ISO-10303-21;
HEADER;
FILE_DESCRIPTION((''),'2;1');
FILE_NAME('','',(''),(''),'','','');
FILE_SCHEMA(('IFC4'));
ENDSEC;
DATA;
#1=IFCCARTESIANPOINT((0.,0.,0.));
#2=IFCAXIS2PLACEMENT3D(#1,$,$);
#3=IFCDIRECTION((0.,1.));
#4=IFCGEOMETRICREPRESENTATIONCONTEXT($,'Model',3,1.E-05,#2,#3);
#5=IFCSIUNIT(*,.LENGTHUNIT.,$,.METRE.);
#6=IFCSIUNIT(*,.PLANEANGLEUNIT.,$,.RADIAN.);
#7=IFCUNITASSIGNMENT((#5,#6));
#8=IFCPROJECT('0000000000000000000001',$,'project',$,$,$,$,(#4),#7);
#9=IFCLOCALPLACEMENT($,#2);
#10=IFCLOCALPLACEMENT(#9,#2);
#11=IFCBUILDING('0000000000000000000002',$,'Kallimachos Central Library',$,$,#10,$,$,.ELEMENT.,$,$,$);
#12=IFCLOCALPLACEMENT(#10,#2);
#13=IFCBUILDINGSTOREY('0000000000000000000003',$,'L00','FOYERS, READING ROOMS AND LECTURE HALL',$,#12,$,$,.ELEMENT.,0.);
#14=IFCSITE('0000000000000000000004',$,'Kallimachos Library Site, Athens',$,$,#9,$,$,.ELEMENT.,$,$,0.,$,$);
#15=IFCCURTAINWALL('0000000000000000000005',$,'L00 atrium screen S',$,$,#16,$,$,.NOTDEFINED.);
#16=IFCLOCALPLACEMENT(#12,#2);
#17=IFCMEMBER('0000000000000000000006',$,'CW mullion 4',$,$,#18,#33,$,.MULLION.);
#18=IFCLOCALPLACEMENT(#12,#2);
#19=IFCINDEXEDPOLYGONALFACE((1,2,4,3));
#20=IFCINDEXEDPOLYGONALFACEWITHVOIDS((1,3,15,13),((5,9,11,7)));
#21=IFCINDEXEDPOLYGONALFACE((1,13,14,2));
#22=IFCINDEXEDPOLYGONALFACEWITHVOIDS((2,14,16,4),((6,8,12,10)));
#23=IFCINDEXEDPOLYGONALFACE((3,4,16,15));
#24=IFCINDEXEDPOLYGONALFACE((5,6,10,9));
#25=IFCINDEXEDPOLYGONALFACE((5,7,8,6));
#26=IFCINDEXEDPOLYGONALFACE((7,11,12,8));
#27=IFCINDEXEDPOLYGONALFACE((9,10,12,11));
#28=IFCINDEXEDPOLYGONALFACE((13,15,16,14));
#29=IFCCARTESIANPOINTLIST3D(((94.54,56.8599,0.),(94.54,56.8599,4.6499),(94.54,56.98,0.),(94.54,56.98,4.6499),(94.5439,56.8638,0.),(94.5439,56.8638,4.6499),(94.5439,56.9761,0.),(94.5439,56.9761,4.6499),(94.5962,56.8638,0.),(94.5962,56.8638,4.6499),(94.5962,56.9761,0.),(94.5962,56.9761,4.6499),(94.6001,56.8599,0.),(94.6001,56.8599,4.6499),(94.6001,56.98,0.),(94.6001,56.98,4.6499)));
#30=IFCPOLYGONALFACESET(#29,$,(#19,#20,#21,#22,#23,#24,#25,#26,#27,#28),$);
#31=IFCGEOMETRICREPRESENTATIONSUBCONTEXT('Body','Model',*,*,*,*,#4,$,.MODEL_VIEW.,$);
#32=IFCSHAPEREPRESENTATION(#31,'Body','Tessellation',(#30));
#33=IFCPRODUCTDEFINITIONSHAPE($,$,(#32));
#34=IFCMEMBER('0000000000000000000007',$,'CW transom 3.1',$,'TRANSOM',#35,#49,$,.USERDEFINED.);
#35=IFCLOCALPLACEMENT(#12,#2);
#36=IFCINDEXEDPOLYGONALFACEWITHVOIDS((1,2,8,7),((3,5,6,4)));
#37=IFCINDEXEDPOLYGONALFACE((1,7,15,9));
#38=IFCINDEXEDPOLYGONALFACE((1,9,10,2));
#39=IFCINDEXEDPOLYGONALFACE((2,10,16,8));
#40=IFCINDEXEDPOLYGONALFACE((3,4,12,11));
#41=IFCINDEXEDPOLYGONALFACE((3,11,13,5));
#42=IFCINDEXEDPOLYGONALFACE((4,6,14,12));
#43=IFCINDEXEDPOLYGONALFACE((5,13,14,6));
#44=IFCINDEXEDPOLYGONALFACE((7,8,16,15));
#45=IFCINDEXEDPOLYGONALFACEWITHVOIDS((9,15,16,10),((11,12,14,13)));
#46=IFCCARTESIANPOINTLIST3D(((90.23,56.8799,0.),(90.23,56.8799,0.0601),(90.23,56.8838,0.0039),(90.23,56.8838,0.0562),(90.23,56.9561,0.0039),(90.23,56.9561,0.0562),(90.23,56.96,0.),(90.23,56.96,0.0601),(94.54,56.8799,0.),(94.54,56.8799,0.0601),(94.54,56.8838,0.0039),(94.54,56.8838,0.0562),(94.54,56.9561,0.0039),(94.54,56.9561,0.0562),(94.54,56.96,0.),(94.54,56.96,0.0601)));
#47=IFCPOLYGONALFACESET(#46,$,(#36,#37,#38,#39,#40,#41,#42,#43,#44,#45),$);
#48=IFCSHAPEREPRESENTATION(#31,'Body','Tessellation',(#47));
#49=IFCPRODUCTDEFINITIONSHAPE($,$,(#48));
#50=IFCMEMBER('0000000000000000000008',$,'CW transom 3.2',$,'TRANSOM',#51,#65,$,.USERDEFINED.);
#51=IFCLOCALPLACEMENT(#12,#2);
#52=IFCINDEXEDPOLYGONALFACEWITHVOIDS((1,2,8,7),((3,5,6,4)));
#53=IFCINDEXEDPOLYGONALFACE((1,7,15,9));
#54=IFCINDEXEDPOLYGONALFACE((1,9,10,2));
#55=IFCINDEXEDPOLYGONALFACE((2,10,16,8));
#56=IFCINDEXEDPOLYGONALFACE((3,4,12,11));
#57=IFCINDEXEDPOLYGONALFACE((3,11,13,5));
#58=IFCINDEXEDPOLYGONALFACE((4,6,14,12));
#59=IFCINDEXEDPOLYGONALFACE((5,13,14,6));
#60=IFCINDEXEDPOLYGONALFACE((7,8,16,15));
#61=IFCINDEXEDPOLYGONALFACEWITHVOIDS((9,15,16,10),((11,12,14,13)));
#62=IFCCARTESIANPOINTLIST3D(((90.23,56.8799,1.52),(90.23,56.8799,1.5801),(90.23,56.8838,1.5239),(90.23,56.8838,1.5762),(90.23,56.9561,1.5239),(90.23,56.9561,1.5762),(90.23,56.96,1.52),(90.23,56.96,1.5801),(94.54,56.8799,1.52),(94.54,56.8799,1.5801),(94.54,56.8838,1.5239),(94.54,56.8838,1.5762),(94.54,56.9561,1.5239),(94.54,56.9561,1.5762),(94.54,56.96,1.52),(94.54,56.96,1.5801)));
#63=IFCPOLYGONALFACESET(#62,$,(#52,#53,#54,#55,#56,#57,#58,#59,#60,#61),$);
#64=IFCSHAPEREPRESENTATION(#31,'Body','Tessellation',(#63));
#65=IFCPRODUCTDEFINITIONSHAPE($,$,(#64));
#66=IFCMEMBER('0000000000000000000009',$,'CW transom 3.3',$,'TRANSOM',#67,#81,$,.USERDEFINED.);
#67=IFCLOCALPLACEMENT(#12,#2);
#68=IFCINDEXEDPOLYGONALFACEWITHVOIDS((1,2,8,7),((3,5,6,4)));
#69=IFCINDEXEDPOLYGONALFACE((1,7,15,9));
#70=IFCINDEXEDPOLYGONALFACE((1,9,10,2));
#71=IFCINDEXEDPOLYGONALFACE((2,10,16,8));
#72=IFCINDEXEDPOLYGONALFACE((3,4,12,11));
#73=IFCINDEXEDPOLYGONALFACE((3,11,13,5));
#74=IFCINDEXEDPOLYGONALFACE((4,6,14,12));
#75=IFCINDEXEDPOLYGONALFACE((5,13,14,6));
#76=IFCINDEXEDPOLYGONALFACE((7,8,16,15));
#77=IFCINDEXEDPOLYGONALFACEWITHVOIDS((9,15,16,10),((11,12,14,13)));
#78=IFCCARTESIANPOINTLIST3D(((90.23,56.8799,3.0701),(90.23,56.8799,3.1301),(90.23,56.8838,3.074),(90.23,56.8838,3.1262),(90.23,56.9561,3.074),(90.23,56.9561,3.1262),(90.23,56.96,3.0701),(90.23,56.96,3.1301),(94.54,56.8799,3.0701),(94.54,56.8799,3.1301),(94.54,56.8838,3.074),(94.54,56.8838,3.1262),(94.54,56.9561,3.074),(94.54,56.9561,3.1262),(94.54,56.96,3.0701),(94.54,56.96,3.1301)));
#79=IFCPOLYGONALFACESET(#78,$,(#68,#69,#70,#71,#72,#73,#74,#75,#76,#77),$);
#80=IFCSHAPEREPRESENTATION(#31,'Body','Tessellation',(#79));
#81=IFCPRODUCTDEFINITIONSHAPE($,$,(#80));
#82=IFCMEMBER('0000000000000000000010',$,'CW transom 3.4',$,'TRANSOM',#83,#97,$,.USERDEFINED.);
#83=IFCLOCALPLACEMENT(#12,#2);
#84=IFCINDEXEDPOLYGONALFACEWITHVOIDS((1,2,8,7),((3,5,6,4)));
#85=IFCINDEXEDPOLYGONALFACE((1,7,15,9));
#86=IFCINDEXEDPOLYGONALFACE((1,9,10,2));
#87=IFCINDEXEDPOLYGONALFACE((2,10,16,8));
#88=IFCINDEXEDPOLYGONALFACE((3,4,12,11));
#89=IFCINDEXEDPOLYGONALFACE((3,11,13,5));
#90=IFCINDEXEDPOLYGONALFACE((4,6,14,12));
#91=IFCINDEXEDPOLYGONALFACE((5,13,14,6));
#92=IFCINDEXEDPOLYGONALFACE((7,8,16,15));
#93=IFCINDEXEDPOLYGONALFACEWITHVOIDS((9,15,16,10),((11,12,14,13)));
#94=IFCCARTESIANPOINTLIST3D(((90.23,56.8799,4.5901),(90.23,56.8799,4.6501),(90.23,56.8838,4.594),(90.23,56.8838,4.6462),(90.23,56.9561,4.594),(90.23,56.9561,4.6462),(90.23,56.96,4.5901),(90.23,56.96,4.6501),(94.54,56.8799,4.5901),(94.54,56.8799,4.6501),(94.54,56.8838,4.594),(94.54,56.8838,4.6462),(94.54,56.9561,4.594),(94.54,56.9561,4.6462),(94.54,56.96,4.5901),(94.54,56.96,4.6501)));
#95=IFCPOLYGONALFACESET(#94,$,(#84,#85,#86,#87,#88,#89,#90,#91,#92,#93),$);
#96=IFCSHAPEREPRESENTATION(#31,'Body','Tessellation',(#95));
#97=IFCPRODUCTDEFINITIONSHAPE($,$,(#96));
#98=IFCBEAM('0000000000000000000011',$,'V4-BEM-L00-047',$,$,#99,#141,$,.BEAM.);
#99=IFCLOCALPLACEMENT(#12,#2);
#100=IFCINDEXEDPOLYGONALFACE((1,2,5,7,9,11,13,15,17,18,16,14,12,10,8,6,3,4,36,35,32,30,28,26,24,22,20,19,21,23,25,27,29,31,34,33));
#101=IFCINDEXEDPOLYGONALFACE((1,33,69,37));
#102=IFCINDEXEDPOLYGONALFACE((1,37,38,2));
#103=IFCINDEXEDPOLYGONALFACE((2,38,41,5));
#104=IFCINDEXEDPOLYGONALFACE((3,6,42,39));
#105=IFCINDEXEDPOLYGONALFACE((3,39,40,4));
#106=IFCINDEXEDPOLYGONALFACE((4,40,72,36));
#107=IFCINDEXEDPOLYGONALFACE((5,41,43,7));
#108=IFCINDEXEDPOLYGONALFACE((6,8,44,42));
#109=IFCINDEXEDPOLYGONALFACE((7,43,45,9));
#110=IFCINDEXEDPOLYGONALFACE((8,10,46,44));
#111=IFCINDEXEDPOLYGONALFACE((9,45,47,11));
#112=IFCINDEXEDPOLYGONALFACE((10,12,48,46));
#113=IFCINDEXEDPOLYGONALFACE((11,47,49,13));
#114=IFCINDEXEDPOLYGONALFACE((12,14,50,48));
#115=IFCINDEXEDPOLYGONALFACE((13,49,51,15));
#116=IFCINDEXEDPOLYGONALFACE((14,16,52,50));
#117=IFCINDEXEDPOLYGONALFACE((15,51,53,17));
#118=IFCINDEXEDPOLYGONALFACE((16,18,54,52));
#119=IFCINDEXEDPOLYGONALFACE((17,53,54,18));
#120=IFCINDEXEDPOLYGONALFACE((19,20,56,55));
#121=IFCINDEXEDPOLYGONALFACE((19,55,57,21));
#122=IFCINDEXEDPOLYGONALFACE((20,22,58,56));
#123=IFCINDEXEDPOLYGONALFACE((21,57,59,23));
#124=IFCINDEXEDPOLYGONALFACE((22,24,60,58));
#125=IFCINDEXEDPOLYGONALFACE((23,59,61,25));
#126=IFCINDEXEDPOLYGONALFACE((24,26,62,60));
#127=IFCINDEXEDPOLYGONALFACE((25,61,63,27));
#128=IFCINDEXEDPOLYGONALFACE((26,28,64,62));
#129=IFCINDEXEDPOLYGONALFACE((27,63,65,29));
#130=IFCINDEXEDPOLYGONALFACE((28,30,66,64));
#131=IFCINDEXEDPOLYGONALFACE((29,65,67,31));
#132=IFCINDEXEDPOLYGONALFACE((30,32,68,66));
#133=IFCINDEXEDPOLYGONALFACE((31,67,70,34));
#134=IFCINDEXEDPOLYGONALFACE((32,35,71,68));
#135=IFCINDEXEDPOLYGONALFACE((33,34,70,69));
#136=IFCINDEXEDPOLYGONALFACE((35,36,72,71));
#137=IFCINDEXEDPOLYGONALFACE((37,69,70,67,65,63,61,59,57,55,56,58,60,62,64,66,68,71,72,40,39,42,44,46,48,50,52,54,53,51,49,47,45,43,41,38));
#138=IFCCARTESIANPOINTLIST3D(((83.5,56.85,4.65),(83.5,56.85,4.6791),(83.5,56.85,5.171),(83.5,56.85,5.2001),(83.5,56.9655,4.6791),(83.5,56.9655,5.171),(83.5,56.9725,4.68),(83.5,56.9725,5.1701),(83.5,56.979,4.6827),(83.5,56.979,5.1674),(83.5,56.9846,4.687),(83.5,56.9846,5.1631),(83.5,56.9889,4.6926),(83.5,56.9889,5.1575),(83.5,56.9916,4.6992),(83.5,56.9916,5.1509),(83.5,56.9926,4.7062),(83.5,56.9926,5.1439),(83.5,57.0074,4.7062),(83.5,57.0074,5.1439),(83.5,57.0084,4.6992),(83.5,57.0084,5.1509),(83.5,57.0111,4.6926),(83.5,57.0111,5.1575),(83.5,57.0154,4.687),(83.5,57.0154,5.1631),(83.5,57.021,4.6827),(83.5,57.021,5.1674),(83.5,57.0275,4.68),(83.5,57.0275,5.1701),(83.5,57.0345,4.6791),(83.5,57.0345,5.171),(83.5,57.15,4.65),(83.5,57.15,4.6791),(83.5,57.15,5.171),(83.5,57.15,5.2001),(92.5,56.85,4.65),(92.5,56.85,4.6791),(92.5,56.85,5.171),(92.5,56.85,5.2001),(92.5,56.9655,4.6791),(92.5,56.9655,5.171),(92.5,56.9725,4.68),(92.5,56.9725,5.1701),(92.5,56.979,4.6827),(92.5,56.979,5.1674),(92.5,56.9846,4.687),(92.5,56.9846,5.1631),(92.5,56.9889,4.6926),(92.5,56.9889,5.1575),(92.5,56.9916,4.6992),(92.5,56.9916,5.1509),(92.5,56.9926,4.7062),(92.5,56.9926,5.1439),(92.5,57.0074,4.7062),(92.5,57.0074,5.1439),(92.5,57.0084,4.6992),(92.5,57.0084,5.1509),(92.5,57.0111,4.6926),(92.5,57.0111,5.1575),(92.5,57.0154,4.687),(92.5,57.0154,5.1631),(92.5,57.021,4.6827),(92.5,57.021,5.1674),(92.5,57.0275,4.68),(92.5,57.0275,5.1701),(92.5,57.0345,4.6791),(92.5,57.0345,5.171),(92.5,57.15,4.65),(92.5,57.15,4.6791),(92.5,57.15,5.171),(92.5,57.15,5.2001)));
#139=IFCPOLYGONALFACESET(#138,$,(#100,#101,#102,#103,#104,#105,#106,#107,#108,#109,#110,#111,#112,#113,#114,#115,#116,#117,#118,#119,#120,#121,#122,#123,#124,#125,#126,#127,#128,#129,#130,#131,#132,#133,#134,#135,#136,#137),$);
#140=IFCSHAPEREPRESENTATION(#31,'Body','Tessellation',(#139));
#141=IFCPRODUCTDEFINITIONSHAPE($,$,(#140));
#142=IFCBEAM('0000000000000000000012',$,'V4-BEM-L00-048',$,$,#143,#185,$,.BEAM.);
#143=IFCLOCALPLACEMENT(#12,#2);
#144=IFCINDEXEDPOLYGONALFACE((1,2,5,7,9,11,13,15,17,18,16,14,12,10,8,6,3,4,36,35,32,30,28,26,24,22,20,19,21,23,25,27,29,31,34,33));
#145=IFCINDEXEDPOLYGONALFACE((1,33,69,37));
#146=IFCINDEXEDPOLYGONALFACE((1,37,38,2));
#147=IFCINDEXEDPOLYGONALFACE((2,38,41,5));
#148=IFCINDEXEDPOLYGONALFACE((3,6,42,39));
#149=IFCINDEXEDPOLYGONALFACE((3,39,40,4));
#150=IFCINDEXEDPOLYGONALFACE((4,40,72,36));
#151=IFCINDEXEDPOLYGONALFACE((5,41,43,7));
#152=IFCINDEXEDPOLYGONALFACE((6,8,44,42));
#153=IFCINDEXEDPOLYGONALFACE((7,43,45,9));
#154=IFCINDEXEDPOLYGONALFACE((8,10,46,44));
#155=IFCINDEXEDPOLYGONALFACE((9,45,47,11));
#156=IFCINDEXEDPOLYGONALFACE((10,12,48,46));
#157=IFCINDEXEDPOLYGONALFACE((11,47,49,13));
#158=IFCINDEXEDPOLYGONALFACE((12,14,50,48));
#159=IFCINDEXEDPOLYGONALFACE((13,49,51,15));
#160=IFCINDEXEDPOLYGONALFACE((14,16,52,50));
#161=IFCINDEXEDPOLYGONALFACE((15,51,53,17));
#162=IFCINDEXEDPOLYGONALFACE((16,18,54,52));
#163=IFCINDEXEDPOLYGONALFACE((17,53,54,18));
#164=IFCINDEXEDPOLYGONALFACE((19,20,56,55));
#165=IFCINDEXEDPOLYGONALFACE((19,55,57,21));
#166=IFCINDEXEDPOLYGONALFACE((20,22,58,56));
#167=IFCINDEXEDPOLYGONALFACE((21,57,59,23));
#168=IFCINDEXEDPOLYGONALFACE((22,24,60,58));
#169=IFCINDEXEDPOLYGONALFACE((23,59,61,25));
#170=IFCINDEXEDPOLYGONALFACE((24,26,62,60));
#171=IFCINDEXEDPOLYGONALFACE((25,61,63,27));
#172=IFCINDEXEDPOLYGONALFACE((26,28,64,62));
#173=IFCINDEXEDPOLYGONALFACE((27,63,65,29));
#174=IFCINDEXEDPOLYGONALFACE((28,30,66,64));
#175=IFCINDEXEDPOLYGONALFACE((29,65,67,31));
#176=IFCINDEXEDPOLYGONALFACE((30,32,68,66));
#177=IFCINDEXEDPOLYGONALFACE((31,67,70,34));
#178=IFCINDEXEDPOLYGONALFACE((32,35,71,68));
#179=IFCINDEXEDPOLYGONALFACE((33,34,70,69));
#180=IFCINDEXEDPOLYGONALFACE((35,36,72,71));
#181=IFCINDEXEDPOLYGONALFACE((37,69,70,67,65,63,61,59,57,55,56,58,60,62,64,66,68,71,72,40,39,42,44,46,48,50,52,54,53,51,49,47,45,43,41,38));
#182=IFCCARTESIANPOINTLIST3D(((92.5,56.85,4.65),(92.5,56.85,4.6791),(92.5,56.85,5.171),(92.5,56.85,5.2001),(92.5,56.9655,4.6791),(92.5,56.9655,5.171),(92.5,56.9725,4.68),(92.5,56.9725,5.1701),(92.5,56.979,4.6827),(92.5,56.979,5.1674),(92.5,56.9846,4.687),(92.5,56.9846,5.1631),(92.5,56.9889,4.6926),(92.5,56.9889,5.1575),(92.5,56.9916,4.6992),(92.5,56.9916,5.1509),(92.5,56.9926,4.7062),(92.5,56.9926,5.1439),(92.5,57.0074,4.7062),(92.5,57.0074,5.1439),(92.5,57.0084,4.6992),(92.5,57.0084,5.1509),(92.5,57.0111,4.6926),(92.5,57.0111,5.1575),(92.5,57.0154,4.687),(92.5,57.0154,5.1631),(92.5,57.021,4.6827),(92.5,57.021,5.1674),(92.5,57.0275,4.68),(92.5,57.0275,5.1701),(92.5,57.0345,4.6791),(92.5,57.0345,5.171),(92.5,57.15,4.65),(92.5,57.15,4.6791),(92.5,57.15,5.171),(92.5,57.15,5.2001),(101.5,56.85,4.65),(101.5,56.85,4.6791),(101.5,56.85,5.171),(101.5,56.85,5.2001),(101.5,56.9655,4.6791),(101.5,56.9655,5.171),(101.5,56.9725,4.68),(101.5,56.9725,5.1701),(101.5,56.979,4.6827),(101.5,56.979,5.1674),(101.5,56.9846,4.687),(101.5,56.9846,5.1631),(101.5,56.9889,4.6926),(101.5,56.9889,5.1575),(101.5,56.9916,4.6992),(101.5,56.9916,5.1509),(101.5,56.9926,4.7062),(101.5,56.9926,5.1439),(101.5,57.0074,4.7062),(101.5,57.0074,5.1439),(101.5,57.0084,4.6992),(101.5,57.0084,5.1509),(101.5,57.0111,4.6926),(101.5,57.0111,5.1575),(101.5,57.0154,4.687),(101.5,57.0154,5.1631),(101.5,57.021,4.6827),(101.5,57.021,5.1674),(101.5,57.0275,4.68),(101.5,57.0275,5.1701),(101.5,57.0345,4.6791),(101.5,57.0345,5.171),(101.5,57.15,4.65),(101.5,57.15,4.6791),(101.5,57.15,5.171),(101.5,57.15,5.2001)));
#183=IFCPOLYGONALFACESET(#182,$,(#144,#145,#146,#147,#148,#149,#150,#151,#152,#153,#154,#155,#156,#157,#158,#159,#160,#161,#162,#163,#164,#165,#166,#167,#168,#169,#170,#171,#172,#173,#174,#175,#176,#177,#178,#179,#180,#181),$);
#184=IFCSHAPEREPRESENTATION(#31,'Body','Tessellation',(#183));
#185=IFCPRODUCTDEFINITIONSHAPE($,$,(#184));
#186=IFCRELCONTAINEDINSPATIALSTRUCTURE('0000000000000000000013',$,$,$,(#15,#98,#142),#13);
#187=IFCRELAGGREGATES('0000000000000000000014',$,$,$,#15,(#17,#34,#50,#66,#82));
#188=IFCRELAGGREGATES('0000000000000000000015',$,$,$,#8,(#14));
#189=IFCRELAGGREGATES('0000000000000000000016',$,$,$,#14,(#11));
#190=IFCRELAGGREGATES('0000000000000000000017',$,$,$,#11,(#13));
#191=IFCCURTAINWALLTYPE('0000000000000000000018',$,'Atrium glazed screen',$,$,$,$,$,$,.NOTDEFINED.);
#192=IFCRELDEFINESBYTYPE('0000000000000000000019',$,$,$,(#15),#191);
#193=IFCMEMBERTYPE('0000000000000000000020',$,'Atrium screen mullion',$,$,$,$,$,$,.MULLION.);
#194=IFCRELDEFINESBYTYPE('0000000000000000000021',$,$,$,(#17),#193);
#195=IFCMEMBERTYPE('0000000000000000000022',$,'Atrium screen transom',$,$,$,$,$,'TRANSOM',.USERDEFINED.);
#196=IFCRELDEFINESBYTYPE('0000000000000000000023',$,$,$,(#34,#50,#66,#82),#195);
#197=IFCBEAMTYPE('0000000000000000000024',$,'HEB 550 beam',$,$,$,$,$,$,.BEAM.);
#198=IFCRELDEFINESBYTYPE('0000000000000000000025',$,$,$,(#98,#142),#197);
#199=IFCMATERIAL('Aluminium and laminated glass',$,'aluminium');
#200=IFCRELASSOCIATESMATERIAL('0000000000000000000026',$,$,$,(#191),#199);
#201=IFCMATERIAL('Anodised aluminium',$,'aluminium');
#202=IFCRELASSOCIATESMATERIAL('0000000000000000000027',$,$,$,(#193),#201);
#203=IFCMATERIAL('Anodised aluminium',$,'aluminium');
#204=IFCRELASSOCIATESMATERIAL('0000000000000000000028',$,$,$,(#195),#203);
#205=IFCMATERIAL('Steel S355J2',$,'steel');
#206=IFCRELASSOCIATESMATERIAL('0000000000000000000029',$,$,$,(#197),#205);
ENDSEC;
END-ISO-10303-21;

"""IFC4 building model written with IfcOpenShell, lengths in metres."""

from ifc_helpers import new_model, si_unit, direction, frame, origin, origin_2d, place, context, subcontext, project, spatial, hollow_rectangle, i_section, extrude, material, material_profile, profile_set, type_object, element, aggregate, save


model = new_model("IFC4")

# Units and contexts
model_context = context("Model", 3, precision=1e-05, world=origin(), true_north=direction((0.0, 1.0)))
body_context = subcontext(model_context, "Body", "Model", "MODEL_VIEW")
ifc_project = project(units=[si_unit("LENGTHUNIT", "METRE"), si_unit("PLANEANGLEUNIT", "RADIAN")], contexts=[model_context])

# Site, building, storey
site_placement = place(None, origin())
site = spatial("IfcSite", under=ifc_project, at=site_placement, Name="Kallimachos Library Site, Athens", CompositionType="ELEMENT", RefElevation=0.0)
building_placement = place(site_placement, origin())
building = spatial("IfcBuilding", under=site, at=building_placement, Name="Kallimachos Central Library", CompositionType="ELEMENT")
storey_placement = place(building_placement, origin())
storey = spatial("IfcBuildingStorey", under=building, at=storey_placement, Name="L00", Description="FOYERS, READING ROOMS AND LECTURE HALL", CompositionType="ELEMENT", Elevation=0.0)

# Curtain wall, members
ifc_material_1 = material(Name="Aluminium and laminated glass", Category="aluminium")
curtain_wall_type = type_object("IfcCurtainWallType", Name="Atrium glazed screen", PredefinedType="NOTDEFINED", material=ifc_material_1)
curtain_wall_placement = place(storey_placement, origin())
curtain_wall = element("IfcCurtainWall", 1, at=curtain_wall_placement, inside=storey, type_object=curtain_wall_type, Name="L00 atrium screen S", PredefinedType="NOTDEFINED")
ifc_material_2 = material(Name="Anodised aluminium", Category="aluminium")
ifc_material_profile_1 = material_profile(ifc_material_2, hollow_rectangle(XDim=0.0601, YDim=0.1201, WallThickness=0.0039, at=origin_2d()), Name="ALU MULLION 60x120")
ifc_profile_set_1 = profile_set([ifc_material_profile_1], Name="Anodised aluminium")
member_type_1 = type_object("IfcMemberType", Name="Atrium screen mullion", PredefinedType="MULLION", material=ifc_profile_set_1)
member_1_placement = place(storey_placement, frame((94.5701, 56.9199, 0.0), z_axis=(0.0, 0.0, 1.0), x_axis=(1.0, 0.0, 0.0)))
member_1 = element("IfcMember", 2, at=member_1_placement, type_object=member_type_1, Name="CW mullion 4", PredefinedType="MULLION", context=body_context, shape_type="SweptSolid", body=[
    extrude(hollow_rectangle(XDim=0.0601, YDim=0.1201, WallThickness=0.0039, at=origin_2d()), origin(), (0.0, 0.0, 1.0), 4.6499),
])
ifc_material_3 = material(Name="Anodised aluminium", Category="aluminium")
ifc_material_profile_2 = material_profile(ifc_material_3, hollow_rectangle(XDim=0.0601, YDim=0.0801, WallThickness=0.0039, at=origin_2d()), Name="ALU TRANSOM 60x80")
ifc_profile_set_2 = profile_set([ifc_material_profile_2], Name="Anodised aluminium")
member_type_2 = type_object("IfcMemberType", Name="Atrium screen transom", ElementType="TRANSOM", PredefinedType="USERDEFINED", material=ifc_profile_set_2)
member_2_placement = place(storey_placement, frame((90.23, 56.9199, 0.03), z_axis=(1.0, 0.0, 0.0), x_axis=(0.0, 0.0, 1.0)))
member_2 = element("IfcMember", 3, at=member_2_placement, type_object=member_type_2, Name="CW transom 3.1", ObjectType="TRANSOM", PredefinedType="USERDEFINED", context=body_context, shape_type="SweptSolid", body=[
    extrude(hollow_rectangle(XDim=0.0601, YDim=0.0801, WallThickness=0.0039, at=origin_2d()), origin(), (0.0, 0.0, 1.0), 4.3101),
])
member_3_placement = place(storey_placement, frame((90.23, 56.9199, 1.55), z_axis=(1.0, 0.0, 0.0), x_axis=(0.0, 0.0, 1.0)))
member_3 = element("IfcMember", 4, at=member_3_placement, type_object=member_type_2, Name="CW transom 3.2", ObjectType="TRANSOM", PredefinedType="USERDEFINED", context=body_context, shape_type="SweptSolid", body=[
    extrude(hollow_rectangle(XDim=0.0601, YDim=0.0801, WallThickness=0.0039, at=origin_2d()), origin(), (0.0, 0.0, 1.0), 4.3101),
])
member_4_placement = place(storey_placement, frame((90.23, 56.9199, 3.1001), z_axis=(1.0, 0.0, 0.0), x_axis=(0.0, 0.0, 1.0)))
member_4 = element("IfcMember", 5, at=member_4_placement, type_object=member_type_2, Name="CW transom 3.3", ObjectType="TRANSOM", PredefinedType="USERDEFINED", context=body_context, shape_type="SweptSolid", body=[
    extrude(hollow_rectangle(XDim=0.0601, YDim=0.0801, WallThickness=0.0039, at=origin_2d()), origin(), (0.0, 0.0, 1.0), 4.3101),
])
member_5_placement = place(storey_placement, frame((90.23, 56.9199, 4.6201), z_axis=(1.0, 0.0, 0.0), x_axis=(0.0, 0.0, 1.0)))
member_5 = element("IfcMember", 6, at=member_5_placement, type_object=member_type_2, Name="CW transom 3.4", ObjectType="TRANSOM", PredefinedType="USERDEFINED", context=body_context, shape_type="SweptSolid", body=[
    extrude(hollow_rectangle(XDim=0.0601, YDim=0.0801, WallThickness=0.0039, at=origin_2d()), origin(), (0.0, 0.0, 1.0), 4.3101),
])

# Beams
ifc_material_4 = material(Name="Steel S355J2", Category="steel")
ifc_material_profile_3 = material_profile(ifc_material_4, i_section(OverallWidth=0.3, OverallDepth=0.55, WebThickness=0.0149, FlangeThickness=0.0291, FilletRadius=0.0271, at=origin_2d()), Name="HEB 550")
ifc_profile_set_3 = profile_set([ifc_material_profile_3], Name="Steel S355J2")
beam_type = type_object("IfcBeamType", Name="HEB 550 beam", PredefinedType="BEAM", material=ifc_profile_set_3)
for number, where, z_axis, x_axis, name in (
    (7, (83.5, 57.0, 4.925), (1.0, 0.0, 0.0), (0.0, 1.0, 0.0), "V4-BEM-L00-047"),
    (8, (92.5, 57.0, 4.925), (1.0, 0.0, 0.0), (0.0, 1.0, 0.0), "V4-BEM-L00-048"),
):
    element("IfcBeam", number, at=place(storey_placement, frame(where, z_axis=z_axis, x_axis=x_axis)), inside=storey, type_object=beam_type, Name=name, PredefinedType="BEAM", context=body_context, shape_type="SweptSolid", body=[
        extrude(i_section(OverallWidth=0.3, OverallDepth=0.55, WebThickness=0.0149, FlangeThickness=0.0291, FilletRadius=0.0271, at=origin_2d()), origin(), (0.0, 0.0, 1.0), 9.0),
    ])

aggregate(curtain_wall, [member_1, member_2, member_3, member_4, member_5])

save(model, "model.ifc")
